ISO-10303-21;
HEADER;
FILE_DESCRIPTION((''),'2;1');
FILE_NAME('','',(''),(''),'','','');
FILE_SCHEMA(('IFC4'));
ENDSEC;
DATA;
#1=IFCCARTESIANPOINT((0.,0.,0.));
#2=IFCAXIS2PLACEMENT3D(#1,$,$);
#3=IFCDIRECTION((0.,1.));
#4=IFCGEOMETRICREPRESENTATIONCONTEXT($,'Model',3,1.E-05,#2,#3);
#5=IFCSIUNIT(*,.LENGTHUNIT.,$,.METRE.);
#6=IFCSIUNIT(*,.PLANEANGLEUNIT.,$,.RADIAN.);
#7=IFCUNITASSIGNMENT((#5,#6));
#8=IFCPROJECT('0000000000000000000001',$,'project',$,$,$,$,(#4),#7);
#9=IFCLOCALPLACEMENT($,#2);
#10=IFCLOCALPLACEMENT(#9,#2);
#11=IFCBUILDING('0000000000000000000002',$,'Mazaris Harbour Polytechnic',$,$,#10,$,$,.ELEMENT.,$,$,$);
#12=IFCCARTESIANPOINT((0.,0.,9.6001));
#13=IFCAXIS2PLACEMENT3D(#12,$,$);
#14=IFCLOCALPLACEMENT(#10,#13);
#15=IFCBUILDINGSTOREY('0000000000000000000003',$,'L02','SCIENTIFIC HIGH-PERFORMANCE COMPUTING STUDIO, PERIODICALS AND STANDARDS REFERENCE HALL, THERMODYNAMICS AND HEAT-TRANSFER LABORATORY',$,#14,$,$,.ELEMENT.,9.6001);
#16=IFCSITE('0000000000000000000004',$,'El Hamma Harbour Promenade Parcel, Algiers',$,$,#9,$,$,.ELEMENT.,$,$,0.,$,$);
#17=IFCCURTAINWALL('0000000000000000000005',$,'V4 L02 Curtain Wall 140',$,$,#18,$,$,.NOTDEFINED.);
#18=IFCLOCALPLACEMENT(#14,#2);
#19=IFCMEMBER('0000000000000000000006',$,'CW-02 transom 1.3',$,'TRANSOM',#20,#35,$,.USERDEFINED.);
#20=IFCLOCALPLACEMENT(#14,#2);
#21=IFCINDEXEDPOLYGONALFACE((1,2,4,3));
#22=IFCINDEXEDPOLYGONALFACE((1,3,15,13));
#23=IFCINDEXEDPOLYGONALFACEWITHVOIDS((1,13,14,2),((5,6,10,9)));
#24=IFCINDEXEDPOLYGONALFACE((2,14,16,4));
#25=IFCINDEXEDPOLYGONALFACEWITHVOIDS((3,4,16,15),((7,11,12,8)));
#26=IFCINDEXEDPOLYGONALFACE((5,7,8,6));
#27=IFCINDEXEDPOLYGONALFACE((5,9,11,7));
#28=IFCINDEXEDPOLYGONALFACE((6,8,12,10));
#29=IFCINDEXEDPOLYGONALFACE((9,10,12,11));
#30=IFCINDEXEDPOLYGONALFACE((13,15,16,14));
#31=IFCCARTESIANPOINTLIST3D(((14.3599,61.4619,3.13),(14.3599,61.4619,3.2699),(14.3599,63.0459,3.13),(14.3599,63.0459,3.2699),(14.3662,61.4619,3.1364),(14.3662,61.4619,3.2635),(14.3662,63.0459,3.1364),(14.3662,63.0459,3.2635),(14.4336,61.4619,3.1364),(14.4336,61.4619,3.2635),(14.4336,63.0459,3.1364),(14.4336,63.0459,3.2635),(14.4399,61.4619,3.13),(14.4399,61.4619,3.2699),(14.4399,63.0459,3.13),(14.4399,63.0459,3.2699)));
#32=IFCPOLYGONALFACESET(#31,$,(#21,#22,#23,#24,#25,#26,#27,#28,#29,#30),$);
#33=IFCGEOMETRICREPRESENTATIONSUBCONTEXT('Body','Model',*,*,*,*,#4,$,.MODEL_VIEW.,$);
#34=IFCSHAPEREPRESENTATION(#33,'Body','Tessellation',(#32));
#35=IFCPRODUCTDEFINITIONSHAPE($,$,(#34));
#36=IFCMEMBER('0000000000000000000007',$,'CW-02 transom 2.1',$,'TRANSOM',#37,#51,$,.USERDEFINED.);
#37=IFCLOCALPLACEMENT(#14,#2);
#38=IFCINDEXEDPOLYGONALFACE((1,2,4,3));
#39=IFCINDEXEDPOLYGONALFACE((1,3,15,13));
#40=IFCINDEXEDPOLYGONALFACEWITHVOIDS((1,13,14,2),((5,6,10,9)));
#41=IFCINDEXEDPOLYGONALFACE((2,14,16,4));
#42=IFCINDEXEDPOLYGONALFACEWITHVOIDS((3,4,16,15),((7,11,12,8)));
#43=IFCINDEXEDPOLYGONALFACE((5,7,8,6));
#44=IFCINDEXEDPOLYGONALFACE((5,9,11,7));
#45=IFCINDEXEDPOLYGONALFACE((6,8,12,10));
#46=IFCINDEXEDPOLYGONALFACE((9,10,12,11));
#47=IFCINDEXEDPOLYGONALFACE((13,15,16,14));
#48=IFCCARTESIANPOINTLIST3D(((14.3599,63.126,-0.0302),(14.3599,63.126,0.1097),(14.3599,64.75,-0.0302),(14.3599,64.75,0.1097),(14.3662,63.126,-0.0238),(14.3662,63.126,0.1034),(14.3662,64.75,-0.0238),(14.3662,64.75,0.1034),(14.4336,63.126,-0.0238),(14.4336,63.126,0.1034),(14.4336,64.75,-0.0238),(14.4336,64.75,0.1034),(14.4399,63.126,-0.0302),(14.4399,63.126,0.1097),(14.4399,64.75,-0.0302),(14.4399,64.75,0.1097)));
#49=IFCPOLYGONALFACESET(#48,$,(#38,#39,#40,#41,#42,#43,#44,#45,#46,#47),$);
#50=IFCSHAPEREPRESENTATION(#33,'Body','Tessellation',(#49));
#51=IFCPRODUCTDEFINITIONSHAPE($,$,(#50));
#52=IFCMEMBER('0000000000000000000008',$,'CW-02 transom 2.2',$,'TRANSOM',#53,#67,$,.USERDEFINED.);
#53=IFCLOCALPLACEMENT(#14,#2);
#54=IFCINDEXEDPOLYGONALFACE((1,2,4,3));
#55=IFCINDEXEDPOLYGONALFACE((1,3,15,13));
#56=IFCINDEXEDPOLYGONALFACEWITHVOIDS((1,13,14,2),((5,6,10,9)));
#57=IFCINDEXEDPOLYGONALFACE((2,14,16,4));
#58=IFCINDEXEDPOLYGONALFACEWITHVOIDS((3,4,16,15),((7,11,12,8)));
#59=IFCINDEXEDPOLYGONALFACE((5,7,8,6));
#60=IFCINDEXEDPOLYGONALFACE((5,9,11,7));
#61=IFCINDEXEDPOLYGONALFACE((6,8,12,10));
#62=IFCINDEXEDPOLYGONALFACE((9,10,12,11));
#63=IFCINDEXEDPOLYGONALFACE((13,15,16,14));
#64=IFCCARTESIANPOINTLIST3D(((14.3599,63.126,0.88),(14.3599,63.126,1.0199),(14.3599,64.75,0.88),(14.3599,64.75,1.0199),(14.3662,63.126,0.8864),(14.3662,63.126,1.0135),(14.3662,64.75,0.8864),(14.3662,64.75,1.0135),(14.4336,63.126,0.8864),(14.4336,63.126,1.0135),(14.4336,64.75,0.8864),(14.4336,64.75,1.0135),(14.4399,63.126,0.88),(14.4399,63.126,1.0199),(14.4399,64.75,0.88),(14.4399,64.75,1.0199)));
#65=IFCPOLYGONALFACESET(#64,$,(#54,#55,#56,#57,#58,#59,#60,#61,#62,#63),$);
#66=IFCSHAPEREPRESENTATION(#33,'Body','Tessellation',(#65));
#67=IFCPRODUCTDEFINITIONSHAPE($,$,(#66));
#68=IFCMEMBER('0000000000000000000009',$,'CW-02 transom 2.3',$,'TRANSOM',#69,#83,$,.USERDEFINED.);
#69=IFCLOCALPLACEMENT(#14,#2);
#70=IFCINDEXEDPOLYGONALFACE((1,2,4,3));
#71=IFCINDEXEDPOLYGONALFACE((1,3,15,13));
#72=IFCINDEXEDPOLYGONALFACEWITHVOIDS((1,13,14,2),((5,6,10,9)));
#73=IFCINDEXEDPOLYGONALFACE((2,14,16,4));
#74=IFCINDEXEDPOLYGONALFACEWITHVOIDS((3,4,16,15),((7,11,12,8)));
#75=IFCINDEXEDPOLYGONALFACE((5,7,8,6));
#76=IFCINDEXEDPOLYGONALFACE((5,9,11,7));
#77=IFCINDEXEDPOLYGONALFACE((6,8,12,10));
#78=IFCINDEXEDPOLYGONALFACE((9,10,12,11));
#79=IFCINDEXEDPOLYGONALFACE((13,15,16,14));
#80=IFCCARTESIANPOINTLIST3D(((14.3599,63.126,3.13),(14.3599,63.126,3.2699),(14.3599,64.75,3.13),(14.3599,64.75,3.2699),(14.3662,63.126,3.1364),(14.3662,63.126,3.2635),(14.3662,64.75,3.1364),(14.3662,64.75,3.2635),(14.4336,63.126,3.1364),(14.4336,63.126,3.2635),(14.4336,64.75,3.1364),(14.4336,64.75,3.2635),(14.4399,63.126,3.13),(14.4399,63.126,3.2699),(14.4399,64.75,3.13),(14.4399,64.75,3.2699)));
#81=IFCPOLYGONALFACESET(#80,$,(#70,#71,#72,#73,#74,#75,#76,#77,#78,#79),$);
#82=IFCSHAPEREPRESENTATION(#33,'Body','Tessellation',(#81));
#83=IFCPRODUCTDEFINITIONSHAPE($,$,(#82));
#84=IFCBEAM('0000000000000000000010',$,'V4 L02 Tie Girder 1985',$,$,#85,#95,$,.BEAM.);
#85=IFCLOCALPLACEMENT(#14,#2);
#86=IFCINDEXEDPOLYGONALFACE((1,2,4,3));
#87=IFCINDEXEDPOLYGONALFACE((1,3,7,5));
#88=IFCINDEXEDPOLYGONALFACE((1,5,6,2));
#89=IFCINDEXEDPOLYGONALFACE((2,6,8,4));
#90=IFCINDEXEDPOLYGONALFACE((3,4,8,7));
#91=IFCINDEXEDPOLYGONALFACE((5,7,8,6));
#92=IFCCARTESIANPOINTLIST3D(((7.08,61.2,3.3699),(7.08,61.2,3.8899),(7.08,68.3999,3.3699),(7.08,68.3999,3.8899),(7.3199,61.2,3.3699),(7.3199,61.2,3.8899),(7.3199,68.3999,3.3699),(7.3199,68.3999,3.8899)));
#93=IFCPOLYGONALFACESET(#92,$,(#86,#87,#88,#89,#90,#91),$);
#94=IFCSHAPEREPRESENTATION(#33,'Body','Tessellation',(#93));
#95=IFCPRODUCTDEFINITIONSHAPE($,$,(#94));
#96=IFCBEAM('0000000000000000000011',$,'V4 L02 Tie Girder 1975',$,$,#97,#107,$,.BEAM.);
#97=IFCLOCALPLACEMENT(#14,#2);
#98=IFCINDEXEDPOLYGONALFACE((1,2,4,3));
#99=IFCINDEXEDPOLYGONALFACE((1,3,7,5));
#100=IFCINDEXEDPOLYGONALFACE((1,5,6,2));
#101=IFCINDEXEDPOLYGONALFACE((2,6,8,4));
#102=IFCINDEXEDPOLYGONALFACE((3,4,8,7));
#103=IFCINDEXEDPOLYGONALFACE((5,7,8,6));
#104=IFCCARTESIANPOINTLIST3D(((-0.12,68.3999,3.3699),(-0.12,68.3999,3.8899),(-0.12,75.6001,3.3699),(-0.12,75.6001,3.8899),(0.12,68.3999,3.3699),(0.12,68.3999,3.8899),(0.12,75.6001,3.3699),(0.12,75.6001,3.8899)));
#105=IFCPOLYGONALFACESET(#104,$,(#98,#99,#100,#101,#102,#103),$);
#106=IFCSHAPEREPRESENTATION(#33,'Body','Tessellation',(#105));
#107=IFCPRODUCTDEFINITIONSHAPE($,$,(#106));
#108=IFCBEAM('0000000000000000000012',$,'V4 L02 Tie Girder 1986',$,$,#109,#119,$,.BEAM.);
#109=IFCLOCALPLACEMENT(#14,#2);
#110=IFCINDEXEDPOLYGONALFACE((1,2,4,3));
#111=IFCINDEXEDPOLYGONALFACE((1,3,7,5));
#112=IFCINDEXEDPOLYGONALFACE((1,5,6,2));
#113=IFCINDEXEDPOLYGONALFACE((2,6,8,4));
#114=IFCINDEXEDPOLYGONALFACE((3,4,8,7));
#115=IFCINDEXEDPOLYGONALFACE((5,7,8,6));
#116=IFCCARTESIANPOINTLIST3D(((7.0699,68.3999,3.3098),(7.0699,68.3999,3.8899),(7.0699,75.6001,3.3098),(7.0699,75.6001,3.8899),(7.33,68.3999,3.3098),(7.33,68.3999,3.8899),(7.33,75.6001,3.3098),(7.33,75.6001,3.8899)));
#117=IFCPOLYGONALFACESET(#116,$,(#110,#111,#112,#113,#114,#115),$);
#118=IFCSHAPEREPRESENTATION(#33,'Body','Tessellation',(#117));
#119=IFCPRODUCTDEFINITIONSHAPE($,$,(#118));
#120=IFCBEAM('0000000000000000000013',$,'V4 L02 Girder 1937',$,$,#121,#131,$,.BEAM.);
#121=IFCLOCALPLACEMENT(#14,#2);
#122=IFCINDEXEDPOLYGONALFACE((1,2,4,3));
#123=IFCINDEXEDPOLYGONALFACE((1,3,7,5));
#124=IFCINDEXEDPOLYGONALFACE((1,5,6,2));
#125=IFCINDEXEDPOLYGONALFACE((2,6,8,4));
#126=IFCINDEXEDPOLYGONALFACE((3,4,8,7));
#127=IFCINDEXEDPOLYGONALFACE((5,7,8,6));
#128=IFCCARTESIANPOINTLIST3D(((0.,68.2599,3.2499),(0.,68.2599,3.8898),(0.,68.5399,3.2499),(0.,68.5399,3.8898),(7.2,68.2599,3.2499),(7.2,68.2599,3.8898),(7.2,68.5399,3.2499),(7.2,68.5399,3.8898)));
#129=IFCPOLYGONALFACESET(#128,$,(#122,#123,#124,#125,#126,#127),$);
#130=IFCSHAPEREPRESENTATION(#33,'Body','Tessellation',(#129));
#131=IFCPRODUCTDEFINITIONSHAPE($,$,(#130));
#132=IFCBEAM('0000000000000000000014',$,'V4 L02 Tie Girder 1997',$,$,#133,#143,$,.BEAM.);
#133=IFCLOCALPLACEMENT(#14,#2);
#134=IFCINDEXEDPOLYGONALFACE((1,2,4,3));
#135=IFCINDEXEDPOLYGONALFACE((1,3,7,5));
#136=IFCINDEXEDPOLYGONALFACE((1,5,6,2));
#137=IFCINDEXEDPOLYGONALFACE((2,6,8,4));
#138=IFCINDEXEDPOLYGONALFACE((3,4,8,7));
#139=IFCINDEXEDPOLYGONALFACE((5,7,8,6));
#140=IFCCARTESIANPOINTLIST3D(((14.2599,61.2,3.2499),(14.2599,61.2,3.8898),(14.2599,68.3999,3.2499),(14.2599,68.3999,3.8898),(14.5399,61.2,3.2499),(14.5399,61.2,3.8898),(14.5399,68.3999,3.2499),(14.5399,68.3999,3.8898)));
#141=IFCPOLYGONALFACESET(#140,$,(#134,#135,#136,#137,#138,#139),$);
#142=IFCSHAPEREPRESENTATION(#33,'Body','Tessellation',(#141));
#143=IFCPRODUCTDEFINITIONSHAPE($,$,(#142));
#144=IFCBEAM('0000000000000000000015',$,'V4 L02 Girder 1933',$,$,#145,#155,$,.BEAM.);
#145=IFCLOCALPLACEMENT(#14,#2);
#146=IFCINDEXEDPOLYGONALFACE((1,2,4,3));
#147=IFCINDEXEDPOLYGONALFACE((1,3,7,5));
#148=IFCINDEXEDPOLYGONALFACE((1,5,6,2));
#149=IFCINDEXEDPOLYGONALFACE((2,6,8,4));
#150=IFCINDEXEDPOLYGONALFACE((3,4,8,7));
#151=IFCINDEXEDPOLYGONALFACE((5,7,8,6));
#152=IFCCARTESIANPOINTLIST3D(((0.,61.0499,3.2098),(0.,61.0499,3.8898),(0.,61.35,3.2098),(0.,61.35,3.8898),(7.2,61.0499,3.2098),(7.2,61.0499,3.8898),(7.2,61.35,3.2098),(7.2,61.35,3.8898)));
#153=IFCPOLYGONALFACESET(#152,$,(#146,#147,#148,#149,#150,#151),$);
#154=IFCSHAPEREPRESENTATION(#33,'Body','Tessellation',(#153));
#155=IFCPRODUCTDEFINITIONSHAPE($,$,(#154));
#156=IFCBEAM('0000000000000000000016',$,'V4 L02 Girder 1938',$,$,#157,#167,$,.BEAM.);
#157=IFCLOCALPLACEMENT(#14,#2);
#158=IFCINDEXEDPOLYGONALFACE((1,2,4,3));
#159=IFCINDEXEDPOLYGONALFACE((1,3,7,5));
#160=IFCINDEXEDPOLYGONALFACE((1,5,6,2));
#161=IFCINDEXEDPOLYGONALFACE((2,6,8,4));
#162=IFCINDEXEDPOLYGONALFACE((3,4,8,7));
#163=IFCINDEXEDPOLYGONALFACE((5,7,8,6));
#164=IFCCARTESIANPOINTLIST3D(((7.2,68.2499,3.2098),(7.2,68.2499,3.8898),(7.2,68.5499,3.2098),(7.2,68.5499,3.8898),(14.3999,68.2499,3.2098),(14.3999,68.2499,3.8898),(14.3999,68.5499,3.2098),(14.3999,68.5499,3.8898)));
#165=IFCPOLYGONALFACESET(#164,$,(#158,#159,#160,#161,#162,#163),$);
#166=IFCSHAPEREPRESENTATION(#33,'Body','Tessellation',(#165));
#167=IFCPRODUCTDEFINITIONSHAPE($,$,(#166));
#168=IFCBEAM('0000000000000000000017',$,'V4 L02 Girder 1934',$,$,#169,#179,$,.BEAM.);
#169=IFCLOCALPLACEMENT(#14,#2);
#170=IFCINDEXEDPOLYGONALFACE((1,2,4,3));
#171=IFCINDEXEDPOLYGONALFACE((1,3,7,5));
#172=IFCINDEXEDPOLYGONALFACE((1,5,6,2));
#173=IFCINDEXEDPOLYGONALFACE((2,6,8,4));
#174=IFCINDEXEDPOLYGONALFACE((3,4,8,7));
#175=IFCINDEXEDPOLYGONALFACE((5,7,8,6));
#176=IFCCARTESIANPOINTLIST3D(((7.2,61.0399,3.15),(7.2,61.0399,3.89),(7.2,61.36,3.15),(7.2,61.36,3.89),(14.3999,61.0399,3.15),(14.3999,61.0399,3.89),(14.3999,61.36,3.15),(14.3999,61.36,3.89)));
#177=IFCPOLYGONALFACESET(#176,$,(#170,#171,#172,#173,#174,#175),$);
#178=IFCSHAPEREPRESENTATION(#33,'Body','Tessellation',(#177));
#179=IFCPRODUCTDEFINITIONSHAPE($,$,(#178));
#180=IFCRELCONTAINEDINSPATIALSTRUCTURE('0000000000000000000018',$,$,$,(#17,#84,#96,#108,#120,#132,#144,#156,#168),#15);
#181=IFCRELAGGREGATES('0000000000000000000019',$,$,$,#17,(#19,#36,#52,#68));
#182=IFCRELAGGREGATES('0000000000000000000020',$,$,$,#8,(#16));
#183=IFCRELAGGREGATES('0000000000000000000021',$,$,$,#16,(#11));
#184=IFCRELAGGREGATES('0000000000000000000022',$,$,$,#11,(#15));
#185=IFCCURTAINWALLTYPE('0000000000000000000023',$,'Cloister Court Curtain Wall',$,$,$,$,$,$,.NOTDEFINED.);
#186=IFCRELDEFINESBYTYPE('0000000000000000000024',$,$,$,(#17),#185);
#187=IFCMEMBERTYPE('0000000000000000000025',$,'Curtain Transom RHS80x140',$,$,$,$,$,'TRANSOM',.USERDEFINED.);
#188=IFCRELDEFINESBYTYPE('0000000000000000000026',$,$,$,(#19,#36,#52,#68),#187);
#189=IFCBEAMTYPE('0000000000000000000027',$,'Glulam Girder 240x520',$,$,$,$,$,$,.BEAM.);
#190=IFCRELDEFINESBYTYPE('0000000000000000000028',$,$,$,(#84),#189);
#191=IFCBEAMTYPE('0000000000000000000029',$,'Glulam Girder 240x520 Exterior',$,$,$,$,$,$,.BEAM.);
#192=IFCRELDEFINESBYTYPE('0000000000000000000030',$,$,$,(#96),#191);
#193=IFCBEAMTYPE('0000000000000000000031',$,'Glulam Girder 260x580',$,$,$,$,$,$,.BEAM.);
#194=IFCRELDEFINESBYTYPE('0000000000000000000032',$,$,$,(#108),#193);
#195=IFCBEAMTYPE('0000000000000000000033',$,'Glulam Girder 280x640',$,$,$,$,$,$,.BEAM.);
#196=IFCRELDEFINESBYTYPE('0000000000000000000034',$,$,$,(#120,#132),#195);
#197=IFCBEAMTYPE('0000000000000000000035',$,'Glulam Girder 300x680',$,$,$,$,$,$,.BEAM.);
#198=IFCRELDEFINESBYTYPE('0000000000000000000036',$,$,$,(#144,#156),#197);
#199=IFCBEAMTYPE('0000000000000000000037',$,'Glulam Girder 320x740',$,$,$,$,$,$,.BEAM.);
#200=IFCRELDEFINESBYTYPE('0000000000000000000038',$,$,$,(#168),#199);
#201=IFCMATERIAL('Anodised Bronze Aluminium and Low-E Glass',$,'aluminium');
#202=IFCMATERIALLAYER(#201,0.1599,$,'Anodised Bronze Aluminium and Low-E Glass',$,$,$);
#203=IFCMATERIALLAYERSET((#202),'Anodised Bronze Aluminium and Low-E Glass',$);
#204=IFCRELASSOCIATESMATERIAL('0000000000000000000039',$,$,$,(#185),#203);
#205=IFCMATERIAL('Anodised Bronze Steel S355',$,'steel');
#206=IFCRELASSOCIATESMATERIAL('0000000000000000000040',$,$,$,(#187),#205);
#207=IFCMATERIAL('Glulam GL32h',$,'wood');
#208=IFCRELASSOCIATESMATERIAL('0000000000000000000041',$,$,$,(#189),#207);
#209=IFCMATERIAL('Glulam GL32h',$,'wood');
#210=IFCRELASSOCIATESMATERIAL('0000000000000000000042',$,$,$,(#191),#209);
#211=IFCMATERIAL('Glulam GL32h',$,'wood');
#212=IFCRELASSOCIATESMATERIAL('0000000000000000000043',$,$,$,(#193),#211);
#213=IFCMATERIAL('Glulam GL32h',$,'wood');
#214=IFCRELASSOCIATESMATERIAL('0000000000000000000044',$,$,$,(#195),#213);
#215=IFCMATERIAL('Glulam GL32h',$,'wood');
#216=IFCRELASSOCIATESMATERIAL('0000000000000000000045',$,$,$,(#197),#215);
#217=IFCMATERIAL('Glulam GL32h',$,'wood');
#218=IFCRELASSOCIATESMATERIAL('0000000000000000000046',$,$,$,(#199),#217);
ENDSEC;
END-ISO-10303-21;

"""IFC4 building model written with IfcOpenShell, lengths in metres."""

from ifc_helpers import new_model, si_unit, direction, frame, origin, origin_2d, place, context, subcontext, project, spatial, rectangle, hollow_rectangle, extrude, material, layer, layer_set, material_profile, profile_set, type_object, element, aggregate, save


model = new_model("IFC4")

# Units and contexts
model_context = context("Model", 3, precision=1e-05, world=origin(), true_north=direction((0.0, 1.0)))
body_context = subcontext(model_context, "Body", "Model", "MODEL_VIEW")
ifc_project = project(units=[si_unit("LENGTHUNIT", "METRE"), si_unit("PLANEANGLEUNIT", "RADIAN")], contexts=[model_context])

# Site, building, storey
site_placement = place(None, origin())
site = spatial("IfcSite", under=ifc_project, at=site_placement, Name="El Hamma Harbour Promenade Parcel, Algiers", CompositionType="ELEMENT", RefElevation=0.0)
building_placement = place(site_placement, origin())
building = spatial("IfcBuilding", under=site, at=building_placement, Name="Mazaris Harbour Polytechnic", CompositionType="ELEMENT")
storey_placement = place(building_placement, frame((0.0, 0.0, 9.6001)))
storey = spatial("IfcBuildingStorey", under=building, at=storey_placement, Name="L02", Description="SCIENTIFIC HIGH-PERFORMANCE COMPUTING STUDIO, PERIODICALS AND STANDARDS REFERENCE HALL, THERMODYNAMICS AND HEAT-TRANSFER LABORATORY", CompositionType="ELEMENT", Elevation=9.6001)

# Shared definitions
ifc_material_1 = material(Name="Anodised Bronze Aluminium and Low-E Glass", Category="aluminium")
ifc_layer_1 = layer(ifc_material_1, 0.1599, Name="Anodised Bronze Aluminium and Low-E Glass")
ifc_layer_set_1 = layer_set([ifc_layer_1], Name="Anodised Bronze Aluminium and Low-E Glass")
curtain_wall_type = type_object("IfcCurtainWallType", Name="Cloister Court Curtain Wall", PredefinedType="NOTDEFINED", material=ifc_layer_set_1)

# Curtain wall, members
curtain_wall_1_placement = place(storey_placement, origin())
curtain_wall_1 = element("IfcCurtainWall", 1, at=curtain_wall_1_placement, inside=storey, type_object=curtain_wall_type, Name="V4 L02 Curtain Wall 140", PredefinedType="NOTDEFINED")
ifc_material_2 = material(Name="Anodised Bronze Steel S355", Category="steel")
ifc_material_profile_1 = material_profile(ifc_material_2, hollow_rectangle(XDim=0.0801, YDim=0.1399, WallThickness=0.0063, at=origin_2d()), Name="RHS 80x140x6.3")
ifc_profile_set_1 = profile_set([ifc_material_profile_1], Name="Anodised Bronze Steel S355")
member_type_1 = type_object("IfcMemberType", Name="Curtain Transom RHS80x140", ElementType="TRANSOM", PredefinedType="USERDEFINED", material=ifc_profile_set_1)
member_1_placement = place(storey_placement, frame((14.3999, 61.4619, 3.2), z_axis=(0.0, 1.0, 0.0), x_axis=(-1.0, 0.0, 0.0)))
member_1 = element("IfcMember", 2, at=member_1_placement, type_object=member_type_1, Name="CW-02 transom 1.3", ObjectType="TRANSOM", PredefinedType="USERDEFINED", context=body_context, shape_type="SweptSolid", body=[
    extrude(hollow_rectangle(XDim=0.0801, YDim=0.1399, WallThickness=0.0063, at=origin_2d()), origin(), (0.0, 0.0, 1.0), 1.584),
])
member_2_placement = place(storey_placement, frame((14.3999, 63.126, 0.0398), z_axis=(0.0, 1.0, 0.0), x_axis=(-1.0, 0.0, 0.0)))
member_2 = element("IfcMember", 3, at=member_2_placement, type_object=member_type_1, Name="CW-02 transom 2.1", ObjectType="TRANSOM", PredefinedType="USERDEFINED", context=body_context, shape_type="SweptSolid", body=[
    extrude(hollow_rectangle(XDim=0.0801, YDim=0.1399, WallThickness=0.0063, at=origin_2d()), origin(), (0.0, 0.0, 1.0), 1.624),
])
member_3_placement = place(storey_placement, frame((14.3999, 63.126, 0.95), z_axis=(0.0, 1.0, 0.0), x_axis=(-1.0, 0.0, 0.0)))
member_3 = element("IfcMember", 4, at=member_3_placement, type_object=member_type_1, Name="CW-02 transom 2.2", ObjectType="TRANSOM", PredefinedType="USERDEFINED", context=body_context, shape_type="SweptSolid", body=[
    extrude(hollow_rectangle(XDim=0.0801, YDim=0.1399, WallThickness=0.0063, at=origin_2d()), origin(), (0.0, 0.0, 1.0), 1.624),
])
member_4_placement = place(storey_placement, frame((14.3999, 63.126, 3.2), z_axis=(0.0, 1.0, 0.0), x_axis=(-1.0, 0.0, 0.0)))
member_4 = element("IfcMember", 5, at=member_4_placement, type_object=member_type_1, Name="CW-02 transom 2.3", ObjectType="TRANSOM", PredefinedType="USERDEFINED", context=body_context, shape_type="SweptSolid", body=[
    extrude(hollow_rectangle(XDim=0.0801, YDim=0.1399, WallThickness=0.0063, at=origin_2d()), origin(), (0.0, 0.0, 1.0), 1.624),
])

# Beams
ifc_material_3 = material(Name="Glulam GL32h", Category="wood")
ifc_material_profile_2 = material_profile(ifc_material_3, rectangle(XDim=0.24, YDim=0.52, at=origin_2d()), Name="RECT240x520")
ifc_profile_set_2 = profile_set([ifc_material_profile_2], Name="Glulam GL32h")
beam_type_1 = type_object("IfcBeamType", Name="Glulam Girder 240x520", PredefinedType="BEAM", material=ifc_profile_set_2)
beam_1_placement = place(storey_placement, frame((7.2, 61.2, 3.6299), z_axis=(0.0, 1.0, 0.0), x_axis=(-1.0, 0.0, 0.0)))
element("IfcBeam", 6, at=beam_1_placement, inside=storey, type_object=beam_type_1, Name="V4 L02 Tie Girder 1985", PredefinedType="BEAM", context=body_context, shape_type="SweptSolid", body=[
    extrude(rectangle(XDim=0.24, YDim=0.52, at=origin_2d()), origin(), (0.0, 0.0, 1.0), 7.2),
])
ifc_material_4 = material(Name="Glulam GL32h", Category="wood")
ifc_material_profile_3 = material_profile(ifc_material_4, rectangle(XDim=0.24, YDim=0.52, at=origin_2d()), Name="RECT240x520")
ifc_profile_set_3 = profile_set([ifc_material_profile_3], Name="Glulam GL32h")
beam_type_2 = type_object("IfcBeamType", Name="Glulam Girder 240x520 Exterior", PredefinedType="BEAM", material=ifc_profile_set_3)
beam_2_placement = place(storey_placement, frame((0.0, 68.3999, 3.6299), z_axis=(0.0, 1.0, 0.0), x_axis=(-1.0, 0.0, 0.0)))
element("IfcBeam", 7, at=beam_2_placement, inside=storey, type_object=beam_type_2, Name="V4 L02 Tie Girder 1975", PredefinedType="BEAM", context=body_context, shape_type="SweptSolid", body=[
    extrude(rectangle(XDim=0.24, YDim=0.52, at=origin_2d()), origin(), (0.0, 0.0, 1.0), 7.2002),
])
ifc_material_5 = material(Name="Glulam GL32h", Category="wood")
ifc_material_profile_4 = material_profile(ifc_material_5, rectangle(XDim=0.26, YDim=0.5801, at=origin_2d()), Name="RECT260x580")
ifc_profile_set_4 = profile_set([ifc_material_profile_4], Name="Glulam GL32h")
beam_type_3 = type_object("IfcBeamType", Name="Glulam Girder 260x580", PredefinedType="BEAM", material=ifc_profile_set_4)
beam_3_placement = place(storey_placement, frame((7.2, 68.3999, 3.5999), z_axis=(0.0, 1.0, 0.0), x_axis=(-1.0, 0.0, 0.0)))
element("IfcBeam", 8, at=beam_3_placement, inside=storey, type_object=beam_type_3, Name="V4 L02 Tie Girder 1986", PredefinedType="BEAM", context=body_context, shape_type="SweptSolid", body=[
    extrude(rectangle(XDim=0.26, YDim=0.5801, at=origin_2d()), origin(), (0.0, 0.0, 1.0), 7.2002),
])
ifc_material_6 = material(Name="Glulam GL32h", Category="wood")
ifc_material_profile_5 = material_profile(ifc_material_6, rectangle(XDim=0.28, YDim=0.6399, at=origin_2d()), Name="RECT280x640")
ifc_profile_set_5 = profile_set([ifc_material_profile_5], Name="Glulam GL32h")
beam_type_4 = type_object("IfcBeamType", Name="Glulam Girder 280x640", PredefinedType="BEAM", material=ifc_profile_set_5)
for number, where, z_axis, x_axis, name in (
    (9, (0.0, 68.3999, 3.5698), (1.0, 0.0, 0.0), (0.0, 1.0, 0.0), "V4 L02 Girder 1937"),
    (10, (14.3999, 61.2, 3.5698), (0.0, 1.0, 0.0), (-1.0, 0.0, 0.0), "V4 L02 Tie Girder 1997"),
):
    element("IfcBeam", number, at=place(storey_placement, frame(where, z_axis=z_axis, x_axis=x_axis)), inside=storey, type_object=beam_type_4, Name=name, PredefinedType="BEAM", context=body_context, shape_type="SweptSolid", body=[
        extrude(rectangle(XDim=0.28, YDim=0.6399, at=origin_2d()), origin(), (0.0, 0.0, 1.0), 7.2),
    ])
ifc_material_7 = material(Name="Glulam GL32h", Category="wood")
ifc_material_profile_6 = material_profile(ifc_material_7, rectangle(XDim=0.3, YDim=0.6799, at=origin_2d()), Name="RECT300x680")
ifc_profile_set_6 = profile_set([ifc_material_profile_6], Name="Glulam GL32h")
beam_type_5 = type_object("IfcBeamType", Name="Glulam Girder 300x680", PredefinedType="BEAM", material=ifc_profile_set_6)
for number, where, z_axis, x_axis, name in (
    (11, (0.0, 61.2, 3.5498), (1.0, 0.0, 0.0), (0.0, 1.0, 0.0), "V4 L02 Girder 1933"),
    (12, (7.2, 68.3999, 3.5498), (1.0, 0.0, 0.0), (0.0, 1.0, 0.0), "V4 L02 Girder 1938"),
):
    element("IfcBeam", number, at=place(storey_placement, frame(where, z_axis=z_axis, x_axis=x_axis)), inside=storey, type_object=beam_type_5, Name=name, PredefinedType="BEAM", context=body_context, shape_type="SweptSolid", body=[
        extrude(rectangle(XDim=0.3, YDim=0.6799, at=origin_2d()), origin(), (0.0, 0.0, 1.0), 7.2),
    ])
ifc_material_8 = material(Name="Glulam GL32h", Category="wood")
ifc_material_profile_7 = material_profile(ifc_material_8, rectangle(XDim=0.3201, YDim=0.74, at=origin_2d()), Name="RECT320x740")
ifc_profile_set_7 = profile_set([ifc_material_profile_7], Name="Glulam GL32h")
beam_type_6 = type_object("IfcBeamType", Name="Glulam Girder 320x740", PredefinedType="BEAM", material=ifc_profile_set_7)
beam_4_placement = place(storey_placement, frame((7.2, 61.2, 3.52), z_axis=(1.0, 0.0, 0.0), x_axis=(0.0, 1.0, 0.0)))
element("IfcBeam", 13, at=beam_4_placement, inside=storey, type_object=beam_type_6, Name="V4 L02 Girder 1934", PredefinedType="BEAM", context=body_context, shape_type="SweptSolid", body=[
    extrude(rectangle(XDim=0.3201, YDim=0.74, at=origin_2d()), origin(), (0.0, 0.0, 1.0), 7.2),
])

aggregate(curtain_wall_1, [member_1, member_2, member_3, member_4])

save(model, "model.ifc")
